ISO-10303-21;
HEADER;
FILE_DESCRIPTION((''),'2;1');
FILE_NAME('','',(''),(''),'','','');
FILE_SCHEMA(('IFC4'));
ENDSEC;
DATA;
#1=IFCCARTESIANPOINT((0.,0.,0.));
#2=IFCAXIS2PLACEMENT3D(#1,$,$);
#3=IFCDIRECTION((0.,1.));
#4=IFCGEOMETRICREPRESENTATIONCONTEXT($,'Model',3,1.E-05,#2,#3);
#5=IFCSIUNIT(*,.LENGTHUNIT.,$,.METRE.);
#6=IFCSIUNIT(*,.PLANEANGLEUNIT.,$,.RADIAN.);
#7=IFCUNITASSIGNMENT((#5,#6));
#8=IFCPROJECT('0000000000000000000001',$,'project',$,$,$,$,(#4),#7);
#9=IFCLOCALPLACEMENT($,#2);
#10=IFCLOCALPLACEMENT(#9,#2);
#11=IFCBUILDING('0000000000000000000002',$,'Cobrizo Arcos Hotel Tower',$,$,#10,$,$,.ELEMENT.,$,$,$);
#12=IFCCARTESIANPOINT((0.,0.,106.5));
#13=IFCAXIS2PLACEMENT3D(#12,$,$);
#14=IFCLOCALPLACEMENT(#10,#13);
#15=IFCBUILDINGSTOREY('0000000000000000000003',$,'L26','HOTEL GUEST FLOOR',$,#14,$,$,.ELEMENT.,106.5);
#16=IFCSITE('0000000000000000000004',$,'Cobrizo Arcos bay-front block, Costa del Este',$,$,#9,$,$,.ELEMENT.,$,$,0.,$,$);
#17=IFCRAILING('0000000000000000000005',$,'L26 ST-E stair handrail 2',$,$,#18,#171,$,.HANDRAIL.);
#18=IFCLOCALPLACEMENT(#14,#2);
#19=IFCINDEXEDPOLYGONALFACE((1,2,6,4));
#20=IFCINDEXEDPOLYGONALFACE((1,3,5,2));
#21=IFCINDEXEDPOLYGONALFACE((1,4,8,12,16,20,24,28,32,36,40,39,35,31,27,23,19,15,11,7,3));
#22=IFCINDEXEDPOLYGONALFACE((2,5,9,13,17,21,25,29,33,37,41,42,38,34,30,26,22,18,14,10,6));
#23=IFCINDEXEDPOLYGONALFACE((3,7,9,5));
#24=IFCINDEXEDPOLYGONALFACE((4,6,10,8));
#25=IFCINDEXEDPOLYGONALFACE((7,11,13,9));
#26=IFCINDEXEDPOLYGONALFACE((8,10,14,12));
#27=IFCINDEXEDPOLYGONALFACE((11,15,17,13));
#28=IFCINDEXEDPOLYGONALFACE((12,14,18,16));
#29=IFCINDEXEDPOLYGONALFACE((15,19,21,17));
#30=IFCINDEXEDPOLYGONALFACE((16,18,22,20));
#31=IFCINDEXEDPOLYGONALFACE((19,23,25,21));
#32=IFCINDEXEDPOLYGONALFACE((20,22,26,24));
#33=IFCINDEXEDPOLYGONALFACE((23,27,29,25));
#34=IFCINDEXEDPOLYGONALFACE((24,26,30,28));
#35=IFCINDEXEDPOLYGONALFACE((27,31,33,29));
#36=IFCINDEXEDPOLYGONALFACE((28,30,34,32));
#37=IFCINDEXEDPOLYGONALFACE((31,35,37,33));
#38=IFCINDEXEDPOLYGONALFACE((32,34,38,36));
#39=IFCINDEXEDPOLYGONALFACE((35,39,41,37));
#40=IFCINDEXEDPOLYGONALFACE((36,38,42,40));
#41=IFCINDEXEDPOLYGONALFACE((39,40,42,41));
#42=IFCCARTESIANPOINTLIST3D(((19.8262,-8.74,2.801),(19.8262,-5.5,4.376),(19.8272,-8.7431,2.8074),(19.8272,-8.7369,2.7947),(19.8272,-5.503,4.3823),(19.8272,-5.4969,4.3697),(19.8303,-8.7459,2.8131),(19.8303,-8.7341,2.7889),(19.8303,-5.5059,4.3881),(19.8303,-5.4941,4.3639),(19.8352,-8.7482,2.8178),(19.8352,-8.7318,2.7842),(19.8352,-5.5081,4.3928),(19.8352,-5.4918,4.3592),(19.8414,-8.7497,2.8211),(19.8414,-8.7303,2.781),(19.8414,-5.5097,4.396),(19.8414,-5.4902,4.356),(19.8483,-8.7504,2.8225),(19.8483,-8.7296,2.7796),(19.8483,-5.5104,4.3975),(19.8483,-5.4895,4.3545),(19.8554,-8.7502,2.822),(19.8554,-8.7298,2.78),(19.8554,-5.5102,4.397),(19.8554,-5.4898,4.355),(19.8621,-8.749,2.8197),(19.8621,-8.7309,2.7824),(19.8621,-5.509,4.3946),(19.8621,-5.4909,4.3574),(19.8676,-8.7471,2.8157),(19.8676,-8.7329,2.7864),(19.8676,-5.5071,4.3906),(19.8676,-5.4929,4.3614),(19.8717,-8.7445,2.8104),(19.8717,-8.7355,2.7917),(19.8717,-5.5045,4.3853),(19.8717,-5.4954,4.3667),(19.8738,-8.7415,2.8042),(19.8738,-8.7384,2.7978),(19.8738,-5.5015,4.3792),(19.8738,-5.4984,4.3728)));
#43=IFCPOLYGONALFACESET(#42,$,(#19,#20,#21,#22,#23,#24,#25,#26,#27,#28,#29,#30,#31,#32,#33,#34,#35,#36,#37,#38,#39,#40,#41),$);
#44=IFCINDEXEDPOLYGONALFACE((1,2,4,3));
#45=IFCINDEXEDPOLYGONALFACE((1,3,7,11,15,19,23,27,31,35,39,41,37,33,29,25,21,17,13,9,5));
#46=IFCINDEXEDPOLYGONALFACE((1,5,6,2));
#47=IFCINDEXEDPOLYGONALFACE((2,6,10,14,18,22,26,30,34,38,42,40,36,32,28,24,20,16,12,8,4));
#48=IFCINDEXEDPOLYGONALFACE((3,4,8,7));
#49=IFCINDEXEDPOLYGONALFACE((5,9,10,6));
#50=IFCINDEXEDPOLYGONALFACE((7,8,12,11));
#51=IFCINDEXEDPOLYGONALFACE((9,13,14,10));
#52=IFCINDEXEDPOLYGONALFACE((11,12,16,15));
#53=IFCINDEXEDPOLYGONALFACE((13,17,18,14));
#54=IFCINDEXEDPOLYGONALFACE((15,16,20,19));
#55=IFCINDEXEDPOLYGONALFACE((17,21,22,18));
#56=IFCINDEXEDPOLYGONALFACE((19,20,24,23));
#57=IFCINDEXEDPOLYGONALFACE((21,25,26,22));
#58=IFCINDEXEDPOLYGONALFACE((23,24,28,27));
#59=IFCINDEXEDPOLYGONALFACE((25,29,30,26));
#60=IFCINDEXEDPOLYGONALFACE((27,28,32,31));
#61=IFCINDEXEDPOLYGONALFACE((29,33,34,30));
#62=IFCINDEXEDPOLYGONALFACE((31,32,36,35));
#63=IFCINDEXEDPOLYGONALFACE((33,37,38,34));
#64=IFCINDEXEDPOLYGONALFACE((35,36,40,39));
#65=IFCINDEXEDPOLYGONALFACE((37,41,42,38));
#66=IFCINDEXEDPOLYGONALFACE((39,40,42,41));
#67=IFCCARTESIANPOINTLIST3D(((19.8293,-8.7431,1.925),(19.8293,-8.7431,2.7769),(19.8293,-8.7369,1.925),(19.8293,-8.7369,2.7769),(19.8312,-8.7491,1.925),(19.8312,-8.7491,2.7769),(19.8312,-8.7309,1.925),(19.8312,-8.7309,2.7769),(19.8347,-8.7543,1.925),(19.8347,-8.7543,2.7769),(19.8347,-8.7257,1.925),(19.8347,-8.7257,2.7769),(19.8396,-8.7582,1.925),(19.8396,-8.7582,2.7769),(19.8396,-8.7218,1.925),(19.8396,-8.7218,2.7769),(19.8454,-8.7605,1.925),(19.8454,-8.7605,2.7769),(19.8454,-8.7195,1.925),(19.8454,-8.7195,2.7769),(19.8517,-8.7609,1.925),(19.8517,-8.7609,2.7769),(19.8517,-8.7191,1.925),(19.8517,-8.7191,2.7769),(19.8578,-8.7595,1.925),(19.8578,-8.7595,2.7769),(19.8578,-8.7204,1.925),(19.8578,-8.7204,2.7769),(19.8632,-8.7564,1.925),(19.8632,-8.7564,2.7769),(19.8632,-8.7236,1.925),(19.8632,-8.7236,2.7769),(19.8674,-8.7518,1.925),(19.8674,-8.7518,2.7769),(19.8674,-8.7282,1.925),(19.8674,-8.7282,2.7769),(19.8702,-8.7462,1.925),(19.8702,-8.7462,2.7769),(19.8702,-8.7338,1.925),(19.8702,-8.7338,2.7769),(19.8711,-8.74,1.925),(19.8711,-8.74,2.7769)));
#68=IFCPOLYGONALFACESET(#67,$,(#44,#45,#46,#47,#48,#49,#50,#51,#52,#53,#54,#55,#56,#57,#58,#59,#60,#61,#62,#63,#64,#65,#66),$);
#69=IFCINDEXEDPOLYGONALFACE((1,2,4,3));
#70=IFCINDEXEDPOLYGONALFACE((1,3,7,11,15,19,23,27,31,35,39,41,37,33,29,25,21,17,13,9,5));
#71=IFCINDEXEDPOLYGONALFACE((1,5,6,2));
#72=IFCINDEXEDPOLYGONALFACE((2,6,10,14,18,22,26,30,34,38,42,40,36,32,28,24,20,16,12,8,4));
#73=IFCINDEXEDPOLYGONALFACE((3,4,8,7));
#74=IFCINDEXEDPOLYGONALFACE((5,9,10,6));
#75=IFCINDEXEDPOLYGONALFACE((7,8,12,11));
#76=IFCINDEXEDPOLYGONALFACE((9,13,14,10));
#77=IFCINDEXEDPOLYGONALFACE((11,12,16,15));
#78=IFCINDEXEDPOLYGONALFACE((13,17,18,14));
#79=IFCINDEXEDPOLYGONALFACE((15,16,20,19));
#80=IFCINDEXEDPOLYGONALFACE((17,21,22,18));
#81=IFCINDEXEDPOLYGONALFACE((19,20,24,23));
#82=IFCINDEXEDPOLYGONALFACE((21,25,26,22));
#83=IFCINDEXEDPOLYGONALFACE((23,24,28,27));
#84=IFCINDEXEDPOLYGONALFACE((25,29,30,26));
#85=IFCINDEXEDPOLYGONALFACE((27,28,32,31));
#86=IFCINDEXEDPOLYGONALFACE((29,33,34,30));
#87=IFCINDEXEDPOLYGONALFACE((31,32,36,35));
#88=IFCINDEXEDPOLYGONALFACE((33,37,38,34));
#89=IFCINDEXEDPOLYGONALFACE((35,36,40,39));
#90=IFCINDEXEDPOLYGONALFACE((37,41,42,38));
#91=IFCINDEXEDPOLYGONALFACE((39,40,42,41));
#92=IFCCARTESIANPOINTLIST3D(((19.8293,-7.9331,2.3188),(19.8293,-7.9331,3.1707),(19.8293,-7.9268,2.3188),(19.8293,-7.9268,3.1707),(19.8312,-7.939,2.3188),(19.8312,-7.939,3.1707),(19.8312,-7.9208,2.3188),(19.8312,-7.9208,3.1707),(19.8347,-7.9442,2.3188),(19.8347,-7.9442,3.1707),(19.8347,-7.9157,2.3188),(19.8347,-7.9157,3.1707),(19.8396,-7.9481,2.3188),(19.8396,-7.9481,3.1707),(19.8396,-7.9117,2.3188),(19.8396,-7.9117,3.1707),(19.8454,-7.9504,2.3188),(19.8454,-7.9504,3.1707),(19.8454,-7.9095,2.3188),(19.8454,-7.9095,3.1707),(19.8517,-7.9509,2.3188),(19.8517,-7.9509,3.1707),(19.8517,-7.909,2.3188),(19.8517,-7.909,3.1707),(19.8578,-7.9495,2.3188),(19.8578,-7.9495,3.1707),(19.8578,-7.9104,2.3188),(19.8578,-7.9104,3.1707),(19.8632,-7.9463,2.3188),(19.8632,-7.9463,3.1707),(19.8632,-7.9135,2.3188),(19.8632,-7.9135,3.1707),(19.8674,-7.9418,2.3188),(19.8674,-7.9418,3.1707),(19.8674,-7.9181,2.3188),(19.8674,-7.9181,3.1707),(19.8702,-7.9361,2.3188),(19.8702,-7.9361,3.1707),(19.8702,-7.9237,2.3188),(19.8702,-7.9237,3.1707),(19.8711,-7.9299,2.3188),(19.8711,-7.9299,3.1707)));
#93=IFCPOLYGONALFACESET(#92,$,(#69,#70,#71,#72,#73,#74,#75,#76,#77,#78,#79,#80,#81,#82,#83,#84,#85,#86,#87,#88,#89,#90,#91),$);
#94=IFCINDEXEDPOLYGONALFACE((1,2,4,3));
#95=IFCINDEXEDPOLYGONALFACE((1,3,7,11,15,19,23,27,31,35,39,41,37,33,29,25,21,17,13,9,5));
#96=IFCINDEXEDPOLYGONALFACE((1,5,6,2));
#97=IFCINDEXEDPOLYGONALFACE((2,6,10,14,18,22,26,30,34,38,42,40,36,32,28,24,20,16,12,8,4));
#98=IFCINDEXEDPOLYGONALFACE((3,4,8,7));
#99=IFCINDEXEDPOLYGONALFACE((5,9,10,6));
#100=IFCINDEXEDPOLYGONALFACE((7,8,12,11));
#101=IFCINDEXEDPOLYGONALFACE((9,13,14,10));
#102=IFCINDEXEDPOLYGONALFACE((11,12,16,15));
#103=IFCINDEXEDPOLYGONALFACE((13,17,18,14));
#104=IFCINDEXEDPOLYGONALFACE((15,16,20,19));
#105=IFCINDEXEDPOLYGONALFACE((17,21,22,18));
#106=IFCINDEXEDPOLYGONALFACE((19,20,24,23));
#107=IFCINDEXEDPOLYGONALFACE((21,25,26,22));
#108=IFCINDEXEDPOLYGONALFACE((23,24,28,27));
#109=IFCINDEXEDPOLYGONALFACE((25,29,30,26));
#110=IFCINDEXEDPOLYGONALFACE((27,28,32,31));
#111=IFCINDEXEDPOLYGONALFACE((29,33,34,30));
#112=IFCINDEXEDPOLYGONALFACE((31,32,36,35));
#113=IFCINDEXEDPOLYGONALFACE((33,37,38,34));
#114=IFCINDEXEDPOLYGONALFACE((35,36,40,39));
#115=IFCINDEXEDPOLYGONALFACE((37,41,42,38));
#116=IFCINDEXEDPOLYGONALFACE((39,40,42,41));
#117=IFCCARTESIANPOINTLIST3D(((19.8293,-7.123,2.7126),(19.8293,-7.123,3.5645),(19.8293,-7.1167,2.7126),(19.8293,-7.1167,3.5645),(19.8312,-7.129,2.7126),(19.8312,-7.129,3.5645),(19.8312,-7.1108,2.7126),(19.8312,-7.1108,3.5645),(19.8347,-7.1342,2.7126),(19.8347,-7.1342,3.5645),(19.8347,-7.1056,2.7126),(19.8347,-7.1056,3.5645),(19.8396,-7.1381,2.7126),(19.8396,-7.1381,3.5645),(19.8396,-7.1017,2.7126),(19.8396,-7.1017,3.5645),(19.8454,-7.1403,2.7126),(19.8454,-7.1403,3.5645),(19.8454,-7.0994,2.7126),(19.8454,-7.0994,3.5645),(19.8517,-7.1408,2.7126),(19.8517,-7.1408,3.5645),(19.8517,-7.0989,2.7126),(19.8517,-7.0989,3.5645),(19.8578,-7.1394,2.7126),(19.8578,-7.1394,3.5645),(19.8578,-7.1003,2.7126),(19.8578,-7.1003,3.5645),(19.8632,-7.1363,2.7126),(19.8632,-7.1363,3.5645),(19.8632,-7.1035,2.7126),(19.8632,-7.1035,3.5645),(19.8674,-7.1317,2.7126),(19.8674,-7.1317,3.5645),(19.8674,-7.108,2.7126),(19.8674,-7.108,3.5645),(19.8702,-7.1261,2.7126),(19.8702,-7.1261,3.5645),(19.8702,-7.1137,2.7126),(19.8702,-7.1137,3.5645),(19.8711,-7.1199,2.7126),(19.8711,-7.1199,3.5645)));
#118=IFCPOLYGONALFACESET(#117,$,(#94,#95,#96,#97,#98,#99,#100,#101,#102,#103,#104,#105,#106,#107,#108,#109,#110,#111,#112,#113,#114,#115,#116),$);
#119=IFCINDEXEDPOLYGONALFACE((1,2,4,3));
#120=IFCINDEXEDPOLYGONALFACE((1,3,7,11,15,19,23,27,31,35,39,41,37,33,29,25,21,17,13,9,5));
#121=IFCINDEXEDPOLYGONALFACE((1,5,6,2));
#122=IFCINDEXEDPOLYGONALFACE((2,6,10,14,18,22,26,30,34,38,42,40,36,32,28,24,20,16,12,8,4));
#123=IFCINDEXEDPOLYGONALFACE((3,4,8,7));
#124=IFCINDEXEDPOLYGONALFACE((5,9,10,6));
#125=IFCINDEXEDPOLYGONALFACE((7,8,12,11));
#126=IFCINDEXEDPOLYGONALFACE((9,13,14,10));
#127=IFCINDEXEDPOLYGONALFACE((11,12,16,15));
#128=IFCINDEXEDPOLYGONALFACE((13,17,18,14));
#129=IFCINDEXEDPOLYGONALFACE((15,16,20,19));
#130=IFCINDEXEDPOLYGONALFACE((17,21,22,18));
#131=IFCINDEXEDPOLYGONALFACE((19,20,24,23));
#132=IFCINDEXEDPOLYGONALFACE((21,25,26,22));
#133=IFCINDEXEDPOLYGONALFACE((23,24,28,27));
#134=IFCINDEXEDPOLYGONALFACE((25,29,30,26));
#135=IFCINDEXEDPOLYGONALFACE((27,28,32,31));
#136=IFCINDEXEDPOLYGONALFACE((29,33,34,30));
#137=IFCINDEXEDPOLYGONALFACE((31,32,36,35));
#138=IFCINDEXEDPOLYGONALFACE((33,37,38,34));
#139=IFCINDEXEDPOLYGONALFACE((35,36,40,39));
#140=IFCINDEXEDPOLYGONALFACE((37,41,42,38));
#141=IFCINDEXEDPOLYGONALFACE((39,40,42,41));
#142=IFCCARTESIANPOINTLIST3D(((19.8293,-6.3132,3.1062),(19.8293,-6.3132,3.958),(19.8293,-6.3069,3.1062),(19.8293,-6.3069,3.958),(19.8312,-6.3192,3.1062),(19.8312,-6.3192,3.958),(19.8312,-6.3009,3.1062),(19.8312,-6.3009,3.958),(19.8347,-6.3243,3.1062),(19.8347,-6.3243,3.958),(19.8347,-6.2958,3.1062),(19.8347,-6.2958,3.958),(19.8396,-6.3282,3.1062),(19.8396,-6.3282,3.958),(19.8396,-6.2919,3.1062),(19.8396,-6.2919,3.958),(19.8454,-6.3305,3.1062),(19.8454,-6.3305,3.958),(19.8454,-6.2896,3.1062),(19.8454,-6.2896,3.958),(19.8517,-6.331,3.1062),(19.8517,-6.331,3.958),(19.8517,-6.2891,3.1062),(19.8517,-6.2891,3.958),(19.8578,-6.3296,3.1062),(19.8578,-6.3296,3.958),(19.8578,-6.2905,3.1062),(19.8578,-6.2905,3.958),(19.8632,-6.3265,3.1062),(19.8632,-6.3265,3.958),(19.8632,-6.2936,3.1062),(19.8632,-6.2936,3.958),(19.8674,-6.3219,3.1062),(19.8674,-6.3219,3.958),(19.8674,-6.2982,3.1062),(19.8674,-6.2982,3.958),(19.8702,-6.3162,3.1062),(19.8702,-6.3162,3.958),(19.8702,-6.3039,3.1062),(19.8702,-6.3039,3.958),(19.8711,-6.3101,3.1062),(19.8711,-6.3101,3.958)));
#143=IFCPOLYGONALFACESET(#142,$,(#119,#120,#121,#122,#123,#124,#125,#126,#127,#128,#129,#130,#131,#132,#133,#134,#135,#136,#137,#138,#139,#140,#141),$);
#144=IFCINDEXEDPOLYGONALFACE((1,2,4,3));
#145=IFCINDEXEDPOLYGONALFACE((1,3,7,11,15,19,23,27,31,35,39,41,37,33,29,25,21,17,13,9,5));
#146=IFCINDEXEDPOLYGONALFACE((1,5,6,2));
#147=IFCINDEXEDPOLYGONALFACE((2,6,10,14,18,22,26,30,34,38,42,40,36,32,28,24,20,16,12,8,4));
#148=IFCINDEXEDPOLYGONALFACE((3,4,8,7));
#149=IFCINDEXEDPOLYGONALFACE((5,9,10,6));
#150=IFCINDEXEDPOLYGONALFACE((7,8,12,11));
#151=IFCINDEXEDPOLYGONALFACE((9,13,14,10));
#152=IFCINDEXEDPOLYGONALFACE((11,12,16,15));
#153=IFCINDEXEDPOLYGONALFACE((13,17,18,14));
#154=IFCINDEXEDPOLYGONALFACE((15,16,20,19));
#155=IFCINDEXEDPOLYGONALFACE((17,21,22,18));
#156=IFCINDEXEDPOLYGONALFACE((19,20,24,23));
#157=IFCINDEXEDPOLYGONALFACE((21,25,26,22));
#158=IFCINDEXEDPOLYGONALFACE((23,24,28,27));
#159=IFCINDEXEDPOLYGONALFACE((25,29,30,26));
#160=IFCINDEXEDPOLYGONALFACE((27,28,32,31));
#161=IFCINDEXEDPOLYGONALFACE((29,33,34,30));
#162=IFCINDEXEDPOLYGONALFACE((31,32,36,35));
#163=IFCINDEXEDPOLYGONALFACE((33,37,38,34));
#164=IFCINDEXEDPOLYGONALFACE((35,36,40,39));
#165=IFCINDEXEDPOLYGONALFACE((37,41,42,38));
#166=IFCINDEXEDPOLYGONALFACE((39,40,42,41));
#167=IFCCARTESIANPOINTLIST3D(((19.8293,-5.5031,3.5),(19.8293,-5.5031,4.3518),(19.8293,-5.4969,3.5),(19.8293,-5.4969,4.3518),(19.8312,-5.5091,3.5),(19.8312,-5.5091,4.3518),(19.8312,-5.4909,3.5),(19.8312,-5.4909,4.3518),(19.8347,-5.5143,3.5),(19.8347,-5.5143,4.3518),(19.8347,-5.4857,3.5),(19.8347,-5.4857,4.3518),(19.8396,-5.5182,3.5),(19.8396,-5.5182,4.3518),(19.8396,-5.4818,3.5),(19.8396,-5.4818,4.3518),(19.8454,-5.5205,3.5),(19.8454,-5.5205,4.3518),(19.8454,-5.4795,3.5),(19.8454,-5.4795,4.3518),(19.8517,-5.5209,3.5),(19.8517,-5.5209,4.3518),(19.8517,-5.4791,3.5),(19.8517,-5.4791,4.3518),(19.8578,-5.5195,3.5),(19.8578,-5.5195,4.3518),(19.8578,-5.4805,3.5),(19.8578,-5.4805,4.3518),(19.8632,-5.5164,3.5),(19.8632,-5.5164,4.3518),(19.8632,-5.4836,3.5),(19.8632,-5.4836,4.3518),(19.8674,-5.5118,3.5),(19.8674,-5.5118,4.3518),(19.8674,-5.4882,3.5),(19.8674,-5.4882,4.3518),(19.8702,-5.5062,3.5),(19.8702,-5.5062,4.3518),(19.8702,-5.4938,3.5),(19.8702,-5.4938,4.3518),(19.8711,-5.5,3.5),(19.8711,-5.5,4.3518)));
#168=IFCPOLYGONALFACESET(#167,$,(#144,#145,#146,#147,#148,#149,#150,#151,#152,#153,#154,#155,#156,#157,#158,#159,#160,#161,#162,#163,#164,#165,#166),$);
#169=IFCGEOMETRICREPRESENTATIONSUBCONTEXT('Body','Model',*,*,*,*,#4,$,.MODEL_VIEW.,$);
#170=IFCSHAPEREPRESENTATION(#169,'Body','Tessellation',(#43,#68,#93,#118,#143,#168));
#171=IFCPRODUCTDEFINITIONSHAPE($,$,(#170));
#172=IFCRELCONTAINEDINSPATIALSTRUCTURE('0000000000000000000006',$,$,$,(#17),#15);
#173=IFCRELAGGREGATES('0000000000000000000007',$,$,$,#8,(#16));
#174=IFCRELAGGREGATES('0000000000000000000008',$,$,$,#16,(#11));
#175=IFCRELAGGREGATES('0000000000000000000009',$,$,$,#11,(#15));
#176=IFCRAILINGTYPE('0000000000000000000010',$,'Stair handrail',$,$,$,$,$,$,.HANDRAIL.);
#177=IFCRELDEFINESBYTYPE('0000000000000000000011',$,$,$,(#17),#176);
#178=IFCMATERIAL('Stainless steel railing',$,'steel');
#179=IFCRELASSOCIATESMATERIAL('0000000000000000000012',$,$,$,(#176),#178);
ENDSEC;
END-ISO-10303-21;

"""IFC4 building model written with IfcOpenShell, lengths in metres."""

from ifc_helpers import new_model, si_unit, direction, frame, origin, origin_2d, place, context, subcontext, project, spatial, circle, extrude, material, type_object, element, save


model = new_model("IFC4")

# Units and contexts
model_context = context("Model", 3, precision=1e-05, world=origin(), true_north=direction((0.0, 1.0)))
body_context = subcontext(model_context, "Body", "Model", "MODEL_VIEW")
ifc_project = project(units=[si_unit("LENGTHUNIT", "METRE"), si_unit("PLANEANGLEUNIT", "RADIAN")], contexts=[model_context])

# Site, building, storey
site_placement = place(None, origin())
site = spatial("IfcSite", under=ifc_project, at=site_placement, Name="Cobrizo Arcos bay-front block, Costa del Este", CompositionType="ELEMENT", RefElevation=0.0)
building_placement = place(site_placement, origin())
building = spatial("IfcBuilding", under=site, at=building_placement, Name="Cobrizo Arcos Hotel Tower", CompositionType="ELEMENT")
storey_placement = place(building_placement, frame((0.0, 0.0, 106.5)))
storey = spatial("IfcBuildingStorey", under=building, at=storey_placement, Name="L26", Description="HOTEL GUEST FLOOR", CompositionType="ELEMENT", Elevation=106.5)

# Railing
ifc_material_1 = material(Name="Stainless steel railing", Category="steel")
railing_type = type_object("IfcRailingType", Name="Stair handrail", PredefinedType="HANDRAIL", material=ifc_material_1)
railing_placement = place(storey_placement, frame((19.8501, -8.74, 1.925)))
element("IfcRailing", 1, at=railing_placement, inside=storey, type_object=railing_type, Name="L26 ST-E stair handrail 2", PredefinedType="HANDRAIL", context=body_context, shape_type="SweptSolid", body=[
    extrude(circle(Radius=0.0239, at=origin_2d()), frame((0.0, 0.0, 0.876), z_axis=(0.0, 0.899373, 0.437183), x_axis=(-1.0, 0.0, 0.0)), (0.0, 0.0, 1.0), 3.6025),
    extrude(circle(Radius=0.021, at=origin_2d()), origin(), (0.0, 0.0, 1.0), 0.8518),
    extrude(circle(Radius=0.021, at=origin_2d()), frame((0.0, 0.8101, 0.3938)), (0.0, 0.0, 1.0), 0.8518),
    extrude(circle(Radius=0.021, at=origin_2d()), frame((0.0, 1.6201, 0.7876)), (0.0, 0.0, 1.0), 0.8518),
    extrude(circle(Radius=0.021, at=origin_2d()), frame((0.0, 2.4299, 1.1812)), (0.0, 0.0, 1.0), 0.8518),
    extrude(circle(Radius=0.021, at=origin_2d()), frame((0.0, 3.24, 1.575)), (0.0, 0.0, 1.0), 0.8518),
])

save(model, "model.ifc")
